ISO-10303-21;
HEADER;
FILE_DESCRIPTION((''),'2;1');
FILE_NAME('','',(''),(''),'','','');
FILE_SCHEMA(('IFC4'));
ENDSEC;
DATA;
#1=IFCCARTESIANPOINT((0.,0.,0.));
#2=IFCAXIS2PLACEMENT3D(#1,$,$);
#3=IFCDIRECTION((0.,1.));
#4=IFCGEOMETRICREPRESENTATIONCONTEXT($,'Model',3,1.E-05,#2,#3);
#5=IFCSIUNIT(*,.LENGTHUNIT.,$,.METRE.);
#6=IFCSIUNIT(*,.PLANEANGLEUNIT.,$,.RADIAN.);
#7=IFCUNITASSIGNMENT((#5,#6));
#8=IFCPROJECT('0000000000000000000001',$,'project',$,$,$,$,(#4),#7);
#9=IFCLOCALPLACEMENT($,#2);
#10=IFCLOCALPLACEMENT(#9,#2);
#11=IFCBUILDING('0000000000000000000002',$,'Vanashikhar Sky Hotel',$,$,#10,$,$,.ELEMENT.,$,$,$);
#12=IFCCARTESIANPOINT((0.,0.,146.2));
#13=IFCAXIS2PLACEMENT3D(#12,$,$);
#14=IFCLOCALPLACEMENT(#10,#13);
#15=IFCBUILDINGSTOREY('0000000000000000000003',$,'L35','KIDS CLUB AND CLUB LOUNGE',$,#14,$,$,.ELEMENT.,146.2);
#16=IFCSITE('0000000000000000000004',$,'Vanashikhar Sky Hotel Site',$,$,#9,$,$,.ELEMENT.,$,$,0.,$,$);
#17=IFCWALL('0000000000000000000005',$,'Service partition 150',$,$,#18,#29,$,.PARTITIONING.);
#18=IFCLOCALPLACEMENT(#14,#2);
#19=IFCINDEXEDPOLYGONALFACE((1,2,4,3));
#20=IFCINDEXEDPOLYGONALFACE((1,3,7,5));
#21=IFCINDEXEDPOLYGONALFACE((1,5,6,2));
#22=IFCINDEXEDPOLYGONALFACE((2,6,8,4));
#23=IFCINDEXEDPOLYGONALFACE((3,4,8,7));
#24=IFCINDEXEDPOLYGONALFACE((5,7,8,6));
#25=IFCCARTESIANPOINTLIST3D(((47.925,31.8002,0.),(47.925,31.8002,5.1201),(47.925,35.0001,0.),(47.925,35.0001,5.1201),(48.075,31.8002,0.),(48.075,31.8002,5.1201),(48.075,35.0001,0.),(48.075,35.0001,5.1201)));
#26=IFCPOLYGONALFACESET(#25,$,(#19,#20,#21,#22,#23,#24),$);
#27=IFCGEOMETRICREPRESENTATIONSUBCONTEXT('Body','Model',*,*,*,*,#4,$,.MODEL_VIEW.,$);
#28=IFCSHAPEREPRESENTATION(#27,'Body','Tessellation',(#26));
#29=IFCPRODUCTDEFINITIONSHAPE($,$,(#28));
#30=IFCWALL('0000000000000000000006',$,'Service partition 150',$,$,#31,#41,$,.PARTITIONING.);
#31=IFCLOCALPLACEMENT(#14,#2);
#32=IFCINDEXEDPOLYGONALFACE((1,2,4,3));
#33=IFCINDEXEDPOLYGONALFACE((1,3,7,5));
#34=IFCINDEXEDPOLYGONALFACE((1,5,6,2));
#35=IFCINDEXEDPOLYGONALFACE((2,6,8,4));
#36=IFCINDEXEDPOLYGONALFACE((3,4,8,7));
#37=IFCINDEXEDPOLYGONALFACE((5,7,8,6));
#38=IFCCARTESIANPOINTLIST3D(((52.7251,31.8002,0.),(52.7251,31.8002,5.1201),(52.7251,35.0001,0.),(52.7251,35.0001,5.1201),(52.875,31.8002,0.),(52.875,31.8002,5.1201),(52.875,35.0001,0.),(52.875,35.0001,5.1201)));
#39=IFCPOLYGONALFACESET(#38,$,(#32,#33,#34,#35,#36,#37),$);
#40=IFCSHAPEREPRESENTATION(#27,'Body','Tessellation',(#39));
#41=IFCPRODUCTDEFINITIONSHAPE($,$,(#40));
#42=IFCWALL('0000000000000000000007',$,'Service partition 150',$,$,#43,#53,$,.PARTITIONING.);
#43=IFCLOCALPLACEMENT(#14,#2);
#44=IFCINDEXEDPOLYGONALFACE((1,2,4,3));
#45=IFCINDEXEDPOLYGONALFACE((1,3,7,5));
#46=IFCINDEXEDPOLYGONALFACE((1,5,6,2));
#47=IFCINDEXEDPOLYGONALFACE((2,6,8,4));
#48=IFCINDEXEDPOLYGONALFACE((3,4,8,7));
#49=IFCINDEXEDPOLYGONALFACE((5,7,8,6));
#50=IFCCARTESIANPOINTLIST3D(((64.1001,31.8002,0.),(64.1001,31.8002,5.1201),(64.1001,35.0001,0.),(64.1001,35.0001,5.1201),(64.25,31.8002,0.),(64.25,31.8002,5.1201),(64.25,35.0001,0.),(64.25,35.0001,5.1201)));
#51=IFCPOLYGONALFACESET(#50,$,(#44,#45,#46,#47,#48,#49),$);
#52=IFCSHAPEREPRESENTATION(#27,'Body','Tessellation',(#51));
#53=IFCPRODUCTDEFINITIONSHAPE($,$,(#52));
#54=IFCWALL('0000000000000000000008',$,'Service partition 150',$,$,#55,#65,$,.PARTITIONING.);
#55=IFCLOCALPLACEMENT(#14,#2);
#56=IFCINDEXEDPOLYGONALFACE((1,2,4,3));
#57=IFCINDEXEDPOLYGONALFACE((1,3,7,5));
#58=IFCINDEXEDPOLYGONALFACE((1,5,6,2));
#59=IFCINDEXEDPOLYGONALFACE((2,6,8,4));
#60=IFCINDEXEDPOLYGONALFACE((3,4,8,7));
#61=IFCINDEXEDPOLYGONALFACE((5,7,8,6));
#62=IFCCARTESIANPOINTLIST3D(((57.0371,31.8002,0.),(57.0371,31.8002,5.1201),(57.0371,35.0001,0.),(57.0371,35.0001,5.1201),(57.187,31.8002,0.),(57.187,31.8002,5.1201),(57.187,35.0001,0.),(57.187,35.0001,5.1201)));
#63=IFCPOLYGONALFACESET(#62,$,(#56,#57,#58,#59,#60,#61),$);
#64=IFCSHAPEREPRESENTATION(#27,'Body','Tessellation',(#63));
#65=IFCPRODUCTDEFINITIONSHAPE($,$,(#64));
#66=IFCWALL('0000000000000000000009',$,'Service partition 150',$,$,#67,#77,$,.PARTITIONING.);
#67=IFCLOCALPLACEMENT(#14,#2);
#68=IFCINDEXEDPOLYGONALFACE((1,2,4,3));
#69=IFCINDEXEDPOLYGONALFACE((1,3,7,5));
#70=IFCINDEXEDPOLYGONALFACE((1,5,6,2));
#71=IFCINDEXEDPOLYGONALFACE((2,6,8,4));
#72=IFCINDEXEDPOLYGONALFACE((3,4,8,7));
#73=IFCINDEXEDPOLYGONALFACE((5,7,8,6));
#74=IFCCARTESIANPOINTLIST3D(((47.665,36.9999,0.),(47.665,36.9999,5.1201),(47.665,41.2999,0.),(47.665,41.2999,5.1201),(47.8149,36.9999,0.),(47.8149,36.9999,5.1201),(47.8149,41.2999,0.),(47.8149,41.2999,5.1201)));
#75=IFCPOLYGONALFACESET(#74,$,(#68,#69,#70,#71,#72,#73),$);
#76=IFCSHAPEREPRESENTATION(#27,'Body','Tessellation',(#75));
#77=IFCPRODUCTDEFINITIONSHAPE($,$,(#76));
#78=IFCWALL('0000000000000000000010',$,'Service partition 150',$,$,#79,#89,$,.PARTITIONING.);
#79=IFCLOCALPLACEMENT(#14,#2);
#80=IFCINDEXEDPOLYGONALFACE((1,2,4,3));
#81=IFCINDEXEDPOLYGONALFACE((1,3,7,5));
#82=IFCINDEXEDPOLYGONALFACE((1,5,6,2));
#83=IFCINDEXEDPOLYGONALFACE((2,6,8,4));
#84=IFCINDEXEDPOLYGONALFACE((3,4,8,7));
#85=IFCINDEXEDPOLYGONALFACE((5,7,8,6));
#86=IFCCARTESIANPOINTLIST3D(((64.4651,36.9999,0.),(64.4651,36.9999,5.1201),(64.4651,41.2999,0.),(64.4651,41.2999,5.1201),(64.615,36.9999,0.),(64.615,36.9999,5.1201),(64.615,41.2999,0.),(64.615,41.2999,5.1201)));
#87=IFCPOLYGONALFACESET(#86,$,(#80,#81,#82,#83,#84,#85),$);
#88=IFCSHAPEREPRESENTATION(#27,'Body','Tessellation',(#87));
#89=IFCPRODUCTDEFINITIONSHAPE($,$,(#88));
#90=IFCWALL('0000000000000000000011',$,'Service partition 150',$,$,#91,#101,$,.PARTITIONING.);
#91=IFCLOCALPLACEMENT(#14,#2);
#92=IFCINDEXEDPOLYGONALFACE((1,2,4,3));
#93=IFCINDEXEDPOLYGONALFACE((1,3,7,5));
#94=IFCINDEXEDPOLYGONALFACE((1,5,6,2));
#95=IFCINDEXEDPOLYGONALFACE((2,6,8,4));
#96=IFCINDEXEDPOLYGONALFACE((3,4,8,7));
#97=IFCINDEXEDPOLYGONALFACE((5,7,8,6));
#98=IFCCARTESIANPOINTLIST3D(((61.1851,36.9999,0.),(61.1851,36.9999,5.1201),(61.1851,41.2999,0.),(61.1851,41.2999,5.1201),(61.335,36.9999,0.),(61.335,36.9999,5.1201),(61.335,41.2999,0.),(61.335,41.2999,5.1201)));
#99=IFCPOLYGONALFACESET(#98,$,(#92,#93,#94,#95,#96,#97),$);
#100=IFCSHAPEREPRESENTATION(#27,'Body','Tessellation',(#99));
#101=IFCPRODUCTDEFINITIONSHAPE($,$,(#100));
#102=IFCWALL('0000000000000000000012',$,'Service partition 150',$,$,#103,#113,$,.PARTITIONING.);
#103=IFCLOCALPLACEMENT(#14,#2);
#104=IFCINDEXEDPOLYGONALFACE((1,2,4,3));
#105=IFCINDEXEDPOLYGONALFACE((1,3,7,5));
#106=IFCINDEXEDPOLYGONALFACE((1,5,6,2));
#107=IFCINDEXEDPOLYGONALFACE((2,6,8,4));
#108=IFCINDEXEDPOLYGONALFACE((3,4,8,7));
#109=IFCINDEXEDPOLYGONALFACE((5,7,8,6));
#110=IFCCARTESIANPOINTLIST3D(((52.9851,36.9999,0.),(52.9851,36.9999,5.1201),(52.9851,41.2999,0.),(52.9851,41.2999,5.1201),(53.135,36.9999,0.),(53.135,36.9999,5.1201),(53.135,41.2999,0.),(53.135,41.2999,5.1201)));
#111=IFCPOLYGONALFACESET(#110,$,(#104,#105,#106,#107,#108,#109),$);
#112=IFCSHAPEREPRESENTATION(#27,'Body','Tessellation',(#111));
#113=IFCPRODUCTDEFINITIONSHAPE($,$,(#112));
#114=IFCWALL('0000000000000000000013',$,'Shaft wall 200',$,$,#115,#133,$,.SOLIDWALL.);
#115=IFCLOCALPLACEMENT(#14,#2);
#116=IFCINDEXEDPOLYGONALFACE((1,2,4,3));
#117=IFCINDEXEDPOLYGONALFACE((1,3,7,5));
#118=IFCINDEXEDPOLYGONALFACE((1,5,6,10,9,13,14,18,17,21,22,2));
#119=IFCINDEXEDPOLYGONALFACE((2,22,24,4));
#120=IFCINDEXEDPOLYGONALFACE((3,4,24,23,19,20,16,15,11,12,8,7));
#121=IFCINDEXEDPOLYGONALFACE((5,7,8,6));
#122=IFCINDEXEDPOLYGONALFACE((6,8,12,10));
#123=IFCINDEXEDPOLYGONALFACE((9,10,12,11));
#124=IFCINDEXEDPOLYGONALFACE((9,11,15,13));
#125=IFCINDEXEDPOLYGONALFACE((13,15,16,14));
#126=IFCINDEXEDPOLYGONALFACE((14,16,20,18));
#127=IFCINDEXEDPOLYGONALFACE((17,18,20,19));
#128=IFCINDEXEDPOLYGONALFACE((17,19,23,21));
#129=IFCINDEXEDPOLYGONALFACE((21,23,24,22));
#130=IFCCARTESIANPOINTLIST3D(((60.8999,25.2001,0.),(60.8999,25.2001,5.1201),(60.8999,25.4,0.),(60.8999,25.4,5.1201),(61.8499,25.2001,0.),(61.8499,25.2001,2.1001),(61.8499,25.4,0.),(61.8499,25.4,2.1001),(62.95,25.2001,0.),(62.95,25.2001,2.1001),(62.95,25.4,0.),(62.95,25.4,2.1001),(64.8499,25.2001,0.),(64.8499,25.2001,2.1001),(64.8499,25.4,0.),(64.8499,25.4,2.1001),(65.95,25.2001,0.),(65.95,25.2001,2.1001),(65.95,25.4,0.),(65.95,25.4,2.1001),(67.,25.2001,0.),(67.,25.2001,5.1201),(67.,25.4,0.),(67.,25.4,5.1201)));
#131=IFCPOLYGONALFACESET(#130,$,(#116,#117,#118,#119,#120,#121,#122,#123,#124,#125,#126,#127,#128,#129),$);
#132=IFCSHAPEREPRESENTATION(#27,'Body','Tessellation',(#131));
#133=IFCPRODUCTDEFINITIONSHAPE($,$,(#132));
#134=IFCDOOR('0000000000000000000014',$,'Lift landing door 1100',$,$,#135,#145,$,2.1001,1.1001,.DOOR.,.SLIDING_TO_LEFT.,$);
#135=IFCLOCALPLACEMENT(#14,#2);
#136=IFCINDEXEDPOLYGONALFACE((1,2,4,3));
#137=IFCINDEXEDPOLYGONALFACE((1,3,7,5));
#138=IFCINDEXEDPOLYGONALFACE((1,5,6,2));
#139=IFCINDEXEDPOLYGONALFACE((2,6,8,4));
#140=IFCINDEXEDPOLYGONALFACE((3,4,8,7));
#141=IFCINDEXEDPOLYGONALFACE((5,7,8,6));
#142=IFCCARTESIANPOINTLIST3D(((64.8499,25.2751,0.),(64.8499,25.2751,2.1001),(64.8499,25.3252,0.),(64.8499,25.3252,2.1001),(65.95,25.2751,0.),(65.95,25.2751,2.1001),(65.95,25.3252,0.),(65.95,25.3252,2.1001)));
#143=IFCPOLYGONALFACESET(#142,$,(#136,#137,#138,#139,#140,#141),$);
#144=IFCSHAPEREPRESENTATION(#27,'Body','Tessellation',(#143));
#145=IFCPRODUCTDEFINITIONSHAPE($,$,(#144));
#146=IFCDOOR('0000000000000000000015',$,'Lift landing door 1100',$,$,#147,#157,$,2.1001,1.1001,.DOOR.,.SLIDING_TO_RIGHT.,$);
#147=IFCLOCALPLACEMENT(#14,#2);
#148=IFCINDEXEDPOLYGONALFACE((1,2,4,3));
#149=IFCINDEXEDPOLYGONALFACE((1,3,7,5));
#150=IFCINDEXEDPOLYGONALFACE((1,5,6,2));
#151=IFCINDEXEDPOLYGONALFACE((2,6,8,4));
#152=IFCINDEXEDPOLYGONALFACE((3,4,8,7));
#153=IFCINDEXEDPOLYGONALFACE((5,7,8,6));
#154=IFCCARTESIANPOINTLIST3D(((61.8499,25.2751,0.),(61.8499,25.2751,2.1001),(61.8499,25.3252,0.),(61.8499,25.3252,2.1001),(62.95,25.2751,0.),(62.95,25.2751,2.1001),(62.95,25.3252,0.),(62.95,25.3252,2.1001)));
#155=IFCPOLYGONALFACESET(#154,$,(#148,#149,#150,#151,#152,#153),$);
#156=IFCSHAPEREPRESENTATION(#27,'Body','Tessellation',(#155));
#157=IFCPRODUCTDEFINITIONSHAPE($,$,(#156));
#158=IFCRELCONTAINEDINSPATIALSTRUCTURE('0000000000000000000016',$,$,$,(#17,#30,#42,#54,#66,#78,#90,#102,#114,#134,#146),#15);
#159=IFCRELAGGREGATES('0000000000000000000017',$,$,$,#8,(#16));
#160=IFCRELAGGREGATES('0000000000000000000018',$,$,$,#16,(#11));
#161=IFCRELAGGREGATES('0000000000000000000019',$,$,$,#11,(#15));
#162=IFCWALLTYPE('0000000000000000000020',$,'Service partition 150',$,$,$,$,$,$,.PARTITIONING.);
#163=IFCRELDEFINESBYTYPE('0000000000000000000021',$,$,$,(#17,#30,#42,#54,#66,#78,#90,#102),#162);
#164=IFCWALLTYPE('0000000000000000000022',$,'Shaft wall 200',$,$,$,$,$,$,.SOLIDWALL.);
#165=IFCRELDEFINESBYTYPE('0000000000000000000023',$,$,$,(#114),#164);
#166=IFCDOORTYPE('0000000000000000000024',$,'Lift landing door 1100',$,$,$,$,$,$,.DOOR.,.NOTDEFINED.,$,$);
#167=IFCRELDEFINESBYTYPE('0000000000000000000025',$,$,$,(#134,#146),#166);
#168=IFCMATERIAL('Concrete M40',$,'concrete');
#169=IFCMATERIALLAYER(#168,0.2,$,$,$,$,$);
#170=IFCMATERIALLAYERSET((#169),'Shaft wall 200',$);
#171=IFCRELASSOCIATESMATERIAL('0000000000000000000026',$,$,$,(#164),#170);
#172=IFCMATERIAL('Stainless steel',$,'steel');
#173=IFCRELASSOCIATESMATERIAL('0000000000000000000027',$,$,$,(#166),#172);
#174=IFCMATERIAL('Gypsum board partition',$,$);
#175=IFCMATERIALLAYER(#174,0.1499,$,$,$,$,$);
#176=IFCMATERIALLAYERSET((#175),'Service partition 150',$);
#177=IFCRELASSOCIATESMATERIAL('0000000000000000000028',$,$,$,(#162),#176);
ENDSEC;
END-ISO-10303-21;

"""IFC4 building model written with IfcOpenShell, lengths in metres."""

from ifc_helpers import new_model, si_unit, direction, frame, frame_2d, origin, place, context, subcontext, project, spatial, rectangle, extrude, source, transform, mapped, material, layer, layer_set, type_object, element, fill, save


model = new_model("IFC4")

# Units and contexts
model_context = context("Model", 3, precision=1e-05, world=origin(), true_north=direction((0.0, 1.0)))
body_context = subcontext(model_context, "Body", "Model", "MODEL_VIEW")
ifc_project = project(units=[si_unit("LENGTHUNIT", "METRE"), si_unit("PLANEANGLEUNIT", "RADIAN")], contexts=[model_context])

# Site, building, storey
site_placement = place(None, origin())
site = spatial("IfcSite", under=ifc_project, at=site_placement, Name="Vanashikhar Sky Hotel Site", CompositionType="ELEMENT", RefElevation=0.0)
building_placement = place(site_placement, origin())
building = spatial("IfcBuilding", under=site, at=building_placement, Name="Vanashikhar Sky Hotel", CompositionType="ELEMENT")
storey_placement = place(building_placement, frame((0.0, 0.0, 146.2)))
storey = spatial("IfcBuildingStorey", under=building, at=storey_placement, Name="L35", Description="KIDS CLUB AND CLUB LOUNGE", CompositionType="ELEMENT", Elevation=146.2)

# Shared definitions
shared_shape_1 = source(origin(), body_context, "Body", "SweptSolid", [
    extrude(rectangle(XDim=1.1001, YDim=2.1001, at=frame_2d((0.55, 1.05))), frame((0.0, 0.0249, 0.0), z_axis=(0.0, -1.0, 0.0), x_axis=(1.0, 0.0, 0.0)), (0.0, 0.0, 1.0), 0.05),
])

# Shared definitions
ifc_material_1 = material(Name="Concrete M40", Category="concrete")
ifc_layer_1 = layer(ifc_material_1, 0.2)
ifc_layer_set_1 = layer_set([ifc_layer_1], Name="Shaft wall 200")
wall_type_1 = type_object("IfcWallType", Name="Shaft wall 200", PredefinedType="SOLIDWALL", material=ifc_layer_set_1)
shared_shape_2 = source(origin(), body_context, "Body", "SweptSolid", [
    extrude(rectangle(XDim=1.1001, YDim=2.1001, at=frame_2d((0.55, 1.05))), frame((0.0, 0.1099, 0.0), z_axis=(0.0, -1.0, 0.0), x_axis=(1.0, 0.0, 0.0)), (0.0, 0.0, 1.0), 0.22),
])
ifc_material_2 = material(Name="Stainless steel", Category="steel")
door_type_1 = type_object("IfcDoorType", Name="Lift landing door 1100", OperationType="NOTDEFINED", PredefinedType="DOOR", material=ifc_material_2)

# Walls
ifc_material_3 = material(Name="Gypsum board partition")
ifc_layer_2 = layer(ifc_material_3, 0.1499)
ifc_layer_set_2 = layer_set([ifc_layer_2], Name="Service partition 150")
wall_type_2 = type_object("IfcWallType", Name="Service partition 150", PredefinedType="PARTITIONING", material=ifc_layer_set_2)
shared_shape_3 = source(origin(), body_context, "Body", "SweptSolid", [
    extrude(rectangle(XDim=3.2, YDim=0.1499, at=frame_2d((1.6001, 0.0))), origin(), (0.0, 0.0, 1.0), 5.1201),
])
for number, where, z_axis, x_axis, name in (
    (1, (48.0, 31.8, 0.0), (0.0, 0.0, 1.0), (0.0, 1.0, 0.0), "Service partition 150"),
    (2, (52.8, 31.8, 0.0), (0.0, 0.0, 1.0), (0.0, 1.0, 0.0), "Service partition 150"),
    (3, (64.175, 31.8, 0.0), (0.0, 0.0, 1.0), (0.0, 1.0, 0.0), "Service partition 150"),
    (4, (57.1121, 31.8, 0.0), (0.0, 0.0, 1.0), (0.0, 1.0, 0.0), "Service partition 150"),
):
    element("IfcWall", number, at=place(storey_placement, frame(where, z_axis=z_axis, x_axis=x_axis)), inside=storey, type_object=wall_type_2, Name=name, PredefinedType="PARTITIONING", context=body_context, shape_type="MappedRepresentation", body=[
        mapped(shared_shape_3, transform((0.0, 0.0, 0.0), scale=1.0)),
    ])
shared_shape_4 = source(origin(), body_context, "Body", "SweptSolid", [
    extrude(rectangle(XDim=4.3, YDim=0.1499, at=frame_2d((2.1499, 0.0))), origin(), (0.0, 0.0, 1.0), 5.1201),
])
for number, where, z_axis, x_axis, name in (
    (5, (47.74, 37.0, 0.0), (0.0, 0.0, 1.0), (0.0, 1.0, 0.0), "Service partition 150"),
    (6, (64.54, 37.0, 0.0), (0.0, 0.0, 1.0), (0.0, 1.0, 0.0), "Service partition 150"),
    (7, (61.26, 37.0, 0.0), (0.0, 0.0, 1.0), (0.0, 1.0, 0.0), "Service partition 150"),
    (8, (53.0601, 37.0, 0.0), (0.0, 0.0, 1.0), (0.0, 1.0, 0.0), "Service partition 150"),
):
    element("IfcWall", number, at=place(storey_placement, frame(where, z_axis=z_axis, x_axis=x_axis)), inside=storey, type_object=wall_type_2, Name=name, PredefinedType="PARTITIONING", context=body_context, shape_type="MappedRepresentation", body=[
        mapped(shared_shape_4, transform((0.0, 0.0, 0.0), scale=1.0)),
    ])

# Wall, openings, doors
shared_shape_5 = source(origin(), body_context, "Body", "SweptSolid", [
    extrude(rectangle(XDim=6.1001, YDim=0.2, at=frame_2d((3.05, 0.0))), origin(), (0.0, 0.0, 1.0), 5.1201),
])
wall_1_placement = place(storey_placement, frame((67.0, 25.3, 0.0), z_axis=(0.0, 0.0, 1.0), x_axis=(-1.0, 0.0, 0.0)))
wall_1 = element("IfcWall", 9, at=wall_1_placement, inside=storey, type_object=wall_type_1, Name="Shaft wall 200", PredefinedType="SOLIDWALL", context=body_context, shape_type="MappedRepresentation", body=[
    mapped(shared_shape_5, transform((0.0, 0.0, 0.0), scale=1.0)),
])
opening_1_placement = place(wall_1_placement, frame((1.05, 0.0, 0.0)))
opening_1 = element("IfcOpeningElement", 10, at=opening_1_placement, cuts=wall_1, PredefinedType="OPENING", context=body_context, shape_type="MappedRepresentation", body=[
    mapped(shared_shape_2, transform((0.0, 0.0, 0.0), scale=1.0)),
])
opening_2_placement = place(wall_1_placement, frame((4.05, 0.0, 0.0)))
opening_2 = element("IfcOpeningElement", 11, at=opening_2_placement, cuts=wall_1, PredefinedType="OPENING", context=body_context, shape_type="MappedRepresentation", body=[
    mapped(shared_shape_2, transform((0.0, 0.0, 0.0), scale=1.0)),
])
door_1_placement = place(opening_1_placement, origin())
door_1 = element("IfcDoor", 12, at=door_1_placement, inside=storey, type_object=door_type_1, Name="Lift landing door 1100", OperationType="SLIDING_TO_LEFT", OverallHeight=2.1001, OverallWidth=1.1001, PredefinedType="DOOR", context=body_context, shape_type="MappedRepresentation", body=[
    mapped(shared_shape_1, transform((0.0, 0.0, 0.0), scale=1.0)),
])
fill(opening_1, door_1)
door_2_placement = place(opening_2_placement, origin())
door_2 = element("IfcDoor", 13, at=door_2_placement, inside=storey, type_object=door_type_1, Name="Lift landing door 1100", OperationType="SLIDING_TO_RIGHT", OverallHeight=2.1001, OverallWidth=1.1001, PredefinedType="DOOR", context=body_context, shape_type="MappedRepresentation", body=[
    mapped(shared_shape_1, transform((0.0, 0.0, 0.0), scale=1.0)),
])
fill(opening_2, door_2)

save(model, "model.ifc")
